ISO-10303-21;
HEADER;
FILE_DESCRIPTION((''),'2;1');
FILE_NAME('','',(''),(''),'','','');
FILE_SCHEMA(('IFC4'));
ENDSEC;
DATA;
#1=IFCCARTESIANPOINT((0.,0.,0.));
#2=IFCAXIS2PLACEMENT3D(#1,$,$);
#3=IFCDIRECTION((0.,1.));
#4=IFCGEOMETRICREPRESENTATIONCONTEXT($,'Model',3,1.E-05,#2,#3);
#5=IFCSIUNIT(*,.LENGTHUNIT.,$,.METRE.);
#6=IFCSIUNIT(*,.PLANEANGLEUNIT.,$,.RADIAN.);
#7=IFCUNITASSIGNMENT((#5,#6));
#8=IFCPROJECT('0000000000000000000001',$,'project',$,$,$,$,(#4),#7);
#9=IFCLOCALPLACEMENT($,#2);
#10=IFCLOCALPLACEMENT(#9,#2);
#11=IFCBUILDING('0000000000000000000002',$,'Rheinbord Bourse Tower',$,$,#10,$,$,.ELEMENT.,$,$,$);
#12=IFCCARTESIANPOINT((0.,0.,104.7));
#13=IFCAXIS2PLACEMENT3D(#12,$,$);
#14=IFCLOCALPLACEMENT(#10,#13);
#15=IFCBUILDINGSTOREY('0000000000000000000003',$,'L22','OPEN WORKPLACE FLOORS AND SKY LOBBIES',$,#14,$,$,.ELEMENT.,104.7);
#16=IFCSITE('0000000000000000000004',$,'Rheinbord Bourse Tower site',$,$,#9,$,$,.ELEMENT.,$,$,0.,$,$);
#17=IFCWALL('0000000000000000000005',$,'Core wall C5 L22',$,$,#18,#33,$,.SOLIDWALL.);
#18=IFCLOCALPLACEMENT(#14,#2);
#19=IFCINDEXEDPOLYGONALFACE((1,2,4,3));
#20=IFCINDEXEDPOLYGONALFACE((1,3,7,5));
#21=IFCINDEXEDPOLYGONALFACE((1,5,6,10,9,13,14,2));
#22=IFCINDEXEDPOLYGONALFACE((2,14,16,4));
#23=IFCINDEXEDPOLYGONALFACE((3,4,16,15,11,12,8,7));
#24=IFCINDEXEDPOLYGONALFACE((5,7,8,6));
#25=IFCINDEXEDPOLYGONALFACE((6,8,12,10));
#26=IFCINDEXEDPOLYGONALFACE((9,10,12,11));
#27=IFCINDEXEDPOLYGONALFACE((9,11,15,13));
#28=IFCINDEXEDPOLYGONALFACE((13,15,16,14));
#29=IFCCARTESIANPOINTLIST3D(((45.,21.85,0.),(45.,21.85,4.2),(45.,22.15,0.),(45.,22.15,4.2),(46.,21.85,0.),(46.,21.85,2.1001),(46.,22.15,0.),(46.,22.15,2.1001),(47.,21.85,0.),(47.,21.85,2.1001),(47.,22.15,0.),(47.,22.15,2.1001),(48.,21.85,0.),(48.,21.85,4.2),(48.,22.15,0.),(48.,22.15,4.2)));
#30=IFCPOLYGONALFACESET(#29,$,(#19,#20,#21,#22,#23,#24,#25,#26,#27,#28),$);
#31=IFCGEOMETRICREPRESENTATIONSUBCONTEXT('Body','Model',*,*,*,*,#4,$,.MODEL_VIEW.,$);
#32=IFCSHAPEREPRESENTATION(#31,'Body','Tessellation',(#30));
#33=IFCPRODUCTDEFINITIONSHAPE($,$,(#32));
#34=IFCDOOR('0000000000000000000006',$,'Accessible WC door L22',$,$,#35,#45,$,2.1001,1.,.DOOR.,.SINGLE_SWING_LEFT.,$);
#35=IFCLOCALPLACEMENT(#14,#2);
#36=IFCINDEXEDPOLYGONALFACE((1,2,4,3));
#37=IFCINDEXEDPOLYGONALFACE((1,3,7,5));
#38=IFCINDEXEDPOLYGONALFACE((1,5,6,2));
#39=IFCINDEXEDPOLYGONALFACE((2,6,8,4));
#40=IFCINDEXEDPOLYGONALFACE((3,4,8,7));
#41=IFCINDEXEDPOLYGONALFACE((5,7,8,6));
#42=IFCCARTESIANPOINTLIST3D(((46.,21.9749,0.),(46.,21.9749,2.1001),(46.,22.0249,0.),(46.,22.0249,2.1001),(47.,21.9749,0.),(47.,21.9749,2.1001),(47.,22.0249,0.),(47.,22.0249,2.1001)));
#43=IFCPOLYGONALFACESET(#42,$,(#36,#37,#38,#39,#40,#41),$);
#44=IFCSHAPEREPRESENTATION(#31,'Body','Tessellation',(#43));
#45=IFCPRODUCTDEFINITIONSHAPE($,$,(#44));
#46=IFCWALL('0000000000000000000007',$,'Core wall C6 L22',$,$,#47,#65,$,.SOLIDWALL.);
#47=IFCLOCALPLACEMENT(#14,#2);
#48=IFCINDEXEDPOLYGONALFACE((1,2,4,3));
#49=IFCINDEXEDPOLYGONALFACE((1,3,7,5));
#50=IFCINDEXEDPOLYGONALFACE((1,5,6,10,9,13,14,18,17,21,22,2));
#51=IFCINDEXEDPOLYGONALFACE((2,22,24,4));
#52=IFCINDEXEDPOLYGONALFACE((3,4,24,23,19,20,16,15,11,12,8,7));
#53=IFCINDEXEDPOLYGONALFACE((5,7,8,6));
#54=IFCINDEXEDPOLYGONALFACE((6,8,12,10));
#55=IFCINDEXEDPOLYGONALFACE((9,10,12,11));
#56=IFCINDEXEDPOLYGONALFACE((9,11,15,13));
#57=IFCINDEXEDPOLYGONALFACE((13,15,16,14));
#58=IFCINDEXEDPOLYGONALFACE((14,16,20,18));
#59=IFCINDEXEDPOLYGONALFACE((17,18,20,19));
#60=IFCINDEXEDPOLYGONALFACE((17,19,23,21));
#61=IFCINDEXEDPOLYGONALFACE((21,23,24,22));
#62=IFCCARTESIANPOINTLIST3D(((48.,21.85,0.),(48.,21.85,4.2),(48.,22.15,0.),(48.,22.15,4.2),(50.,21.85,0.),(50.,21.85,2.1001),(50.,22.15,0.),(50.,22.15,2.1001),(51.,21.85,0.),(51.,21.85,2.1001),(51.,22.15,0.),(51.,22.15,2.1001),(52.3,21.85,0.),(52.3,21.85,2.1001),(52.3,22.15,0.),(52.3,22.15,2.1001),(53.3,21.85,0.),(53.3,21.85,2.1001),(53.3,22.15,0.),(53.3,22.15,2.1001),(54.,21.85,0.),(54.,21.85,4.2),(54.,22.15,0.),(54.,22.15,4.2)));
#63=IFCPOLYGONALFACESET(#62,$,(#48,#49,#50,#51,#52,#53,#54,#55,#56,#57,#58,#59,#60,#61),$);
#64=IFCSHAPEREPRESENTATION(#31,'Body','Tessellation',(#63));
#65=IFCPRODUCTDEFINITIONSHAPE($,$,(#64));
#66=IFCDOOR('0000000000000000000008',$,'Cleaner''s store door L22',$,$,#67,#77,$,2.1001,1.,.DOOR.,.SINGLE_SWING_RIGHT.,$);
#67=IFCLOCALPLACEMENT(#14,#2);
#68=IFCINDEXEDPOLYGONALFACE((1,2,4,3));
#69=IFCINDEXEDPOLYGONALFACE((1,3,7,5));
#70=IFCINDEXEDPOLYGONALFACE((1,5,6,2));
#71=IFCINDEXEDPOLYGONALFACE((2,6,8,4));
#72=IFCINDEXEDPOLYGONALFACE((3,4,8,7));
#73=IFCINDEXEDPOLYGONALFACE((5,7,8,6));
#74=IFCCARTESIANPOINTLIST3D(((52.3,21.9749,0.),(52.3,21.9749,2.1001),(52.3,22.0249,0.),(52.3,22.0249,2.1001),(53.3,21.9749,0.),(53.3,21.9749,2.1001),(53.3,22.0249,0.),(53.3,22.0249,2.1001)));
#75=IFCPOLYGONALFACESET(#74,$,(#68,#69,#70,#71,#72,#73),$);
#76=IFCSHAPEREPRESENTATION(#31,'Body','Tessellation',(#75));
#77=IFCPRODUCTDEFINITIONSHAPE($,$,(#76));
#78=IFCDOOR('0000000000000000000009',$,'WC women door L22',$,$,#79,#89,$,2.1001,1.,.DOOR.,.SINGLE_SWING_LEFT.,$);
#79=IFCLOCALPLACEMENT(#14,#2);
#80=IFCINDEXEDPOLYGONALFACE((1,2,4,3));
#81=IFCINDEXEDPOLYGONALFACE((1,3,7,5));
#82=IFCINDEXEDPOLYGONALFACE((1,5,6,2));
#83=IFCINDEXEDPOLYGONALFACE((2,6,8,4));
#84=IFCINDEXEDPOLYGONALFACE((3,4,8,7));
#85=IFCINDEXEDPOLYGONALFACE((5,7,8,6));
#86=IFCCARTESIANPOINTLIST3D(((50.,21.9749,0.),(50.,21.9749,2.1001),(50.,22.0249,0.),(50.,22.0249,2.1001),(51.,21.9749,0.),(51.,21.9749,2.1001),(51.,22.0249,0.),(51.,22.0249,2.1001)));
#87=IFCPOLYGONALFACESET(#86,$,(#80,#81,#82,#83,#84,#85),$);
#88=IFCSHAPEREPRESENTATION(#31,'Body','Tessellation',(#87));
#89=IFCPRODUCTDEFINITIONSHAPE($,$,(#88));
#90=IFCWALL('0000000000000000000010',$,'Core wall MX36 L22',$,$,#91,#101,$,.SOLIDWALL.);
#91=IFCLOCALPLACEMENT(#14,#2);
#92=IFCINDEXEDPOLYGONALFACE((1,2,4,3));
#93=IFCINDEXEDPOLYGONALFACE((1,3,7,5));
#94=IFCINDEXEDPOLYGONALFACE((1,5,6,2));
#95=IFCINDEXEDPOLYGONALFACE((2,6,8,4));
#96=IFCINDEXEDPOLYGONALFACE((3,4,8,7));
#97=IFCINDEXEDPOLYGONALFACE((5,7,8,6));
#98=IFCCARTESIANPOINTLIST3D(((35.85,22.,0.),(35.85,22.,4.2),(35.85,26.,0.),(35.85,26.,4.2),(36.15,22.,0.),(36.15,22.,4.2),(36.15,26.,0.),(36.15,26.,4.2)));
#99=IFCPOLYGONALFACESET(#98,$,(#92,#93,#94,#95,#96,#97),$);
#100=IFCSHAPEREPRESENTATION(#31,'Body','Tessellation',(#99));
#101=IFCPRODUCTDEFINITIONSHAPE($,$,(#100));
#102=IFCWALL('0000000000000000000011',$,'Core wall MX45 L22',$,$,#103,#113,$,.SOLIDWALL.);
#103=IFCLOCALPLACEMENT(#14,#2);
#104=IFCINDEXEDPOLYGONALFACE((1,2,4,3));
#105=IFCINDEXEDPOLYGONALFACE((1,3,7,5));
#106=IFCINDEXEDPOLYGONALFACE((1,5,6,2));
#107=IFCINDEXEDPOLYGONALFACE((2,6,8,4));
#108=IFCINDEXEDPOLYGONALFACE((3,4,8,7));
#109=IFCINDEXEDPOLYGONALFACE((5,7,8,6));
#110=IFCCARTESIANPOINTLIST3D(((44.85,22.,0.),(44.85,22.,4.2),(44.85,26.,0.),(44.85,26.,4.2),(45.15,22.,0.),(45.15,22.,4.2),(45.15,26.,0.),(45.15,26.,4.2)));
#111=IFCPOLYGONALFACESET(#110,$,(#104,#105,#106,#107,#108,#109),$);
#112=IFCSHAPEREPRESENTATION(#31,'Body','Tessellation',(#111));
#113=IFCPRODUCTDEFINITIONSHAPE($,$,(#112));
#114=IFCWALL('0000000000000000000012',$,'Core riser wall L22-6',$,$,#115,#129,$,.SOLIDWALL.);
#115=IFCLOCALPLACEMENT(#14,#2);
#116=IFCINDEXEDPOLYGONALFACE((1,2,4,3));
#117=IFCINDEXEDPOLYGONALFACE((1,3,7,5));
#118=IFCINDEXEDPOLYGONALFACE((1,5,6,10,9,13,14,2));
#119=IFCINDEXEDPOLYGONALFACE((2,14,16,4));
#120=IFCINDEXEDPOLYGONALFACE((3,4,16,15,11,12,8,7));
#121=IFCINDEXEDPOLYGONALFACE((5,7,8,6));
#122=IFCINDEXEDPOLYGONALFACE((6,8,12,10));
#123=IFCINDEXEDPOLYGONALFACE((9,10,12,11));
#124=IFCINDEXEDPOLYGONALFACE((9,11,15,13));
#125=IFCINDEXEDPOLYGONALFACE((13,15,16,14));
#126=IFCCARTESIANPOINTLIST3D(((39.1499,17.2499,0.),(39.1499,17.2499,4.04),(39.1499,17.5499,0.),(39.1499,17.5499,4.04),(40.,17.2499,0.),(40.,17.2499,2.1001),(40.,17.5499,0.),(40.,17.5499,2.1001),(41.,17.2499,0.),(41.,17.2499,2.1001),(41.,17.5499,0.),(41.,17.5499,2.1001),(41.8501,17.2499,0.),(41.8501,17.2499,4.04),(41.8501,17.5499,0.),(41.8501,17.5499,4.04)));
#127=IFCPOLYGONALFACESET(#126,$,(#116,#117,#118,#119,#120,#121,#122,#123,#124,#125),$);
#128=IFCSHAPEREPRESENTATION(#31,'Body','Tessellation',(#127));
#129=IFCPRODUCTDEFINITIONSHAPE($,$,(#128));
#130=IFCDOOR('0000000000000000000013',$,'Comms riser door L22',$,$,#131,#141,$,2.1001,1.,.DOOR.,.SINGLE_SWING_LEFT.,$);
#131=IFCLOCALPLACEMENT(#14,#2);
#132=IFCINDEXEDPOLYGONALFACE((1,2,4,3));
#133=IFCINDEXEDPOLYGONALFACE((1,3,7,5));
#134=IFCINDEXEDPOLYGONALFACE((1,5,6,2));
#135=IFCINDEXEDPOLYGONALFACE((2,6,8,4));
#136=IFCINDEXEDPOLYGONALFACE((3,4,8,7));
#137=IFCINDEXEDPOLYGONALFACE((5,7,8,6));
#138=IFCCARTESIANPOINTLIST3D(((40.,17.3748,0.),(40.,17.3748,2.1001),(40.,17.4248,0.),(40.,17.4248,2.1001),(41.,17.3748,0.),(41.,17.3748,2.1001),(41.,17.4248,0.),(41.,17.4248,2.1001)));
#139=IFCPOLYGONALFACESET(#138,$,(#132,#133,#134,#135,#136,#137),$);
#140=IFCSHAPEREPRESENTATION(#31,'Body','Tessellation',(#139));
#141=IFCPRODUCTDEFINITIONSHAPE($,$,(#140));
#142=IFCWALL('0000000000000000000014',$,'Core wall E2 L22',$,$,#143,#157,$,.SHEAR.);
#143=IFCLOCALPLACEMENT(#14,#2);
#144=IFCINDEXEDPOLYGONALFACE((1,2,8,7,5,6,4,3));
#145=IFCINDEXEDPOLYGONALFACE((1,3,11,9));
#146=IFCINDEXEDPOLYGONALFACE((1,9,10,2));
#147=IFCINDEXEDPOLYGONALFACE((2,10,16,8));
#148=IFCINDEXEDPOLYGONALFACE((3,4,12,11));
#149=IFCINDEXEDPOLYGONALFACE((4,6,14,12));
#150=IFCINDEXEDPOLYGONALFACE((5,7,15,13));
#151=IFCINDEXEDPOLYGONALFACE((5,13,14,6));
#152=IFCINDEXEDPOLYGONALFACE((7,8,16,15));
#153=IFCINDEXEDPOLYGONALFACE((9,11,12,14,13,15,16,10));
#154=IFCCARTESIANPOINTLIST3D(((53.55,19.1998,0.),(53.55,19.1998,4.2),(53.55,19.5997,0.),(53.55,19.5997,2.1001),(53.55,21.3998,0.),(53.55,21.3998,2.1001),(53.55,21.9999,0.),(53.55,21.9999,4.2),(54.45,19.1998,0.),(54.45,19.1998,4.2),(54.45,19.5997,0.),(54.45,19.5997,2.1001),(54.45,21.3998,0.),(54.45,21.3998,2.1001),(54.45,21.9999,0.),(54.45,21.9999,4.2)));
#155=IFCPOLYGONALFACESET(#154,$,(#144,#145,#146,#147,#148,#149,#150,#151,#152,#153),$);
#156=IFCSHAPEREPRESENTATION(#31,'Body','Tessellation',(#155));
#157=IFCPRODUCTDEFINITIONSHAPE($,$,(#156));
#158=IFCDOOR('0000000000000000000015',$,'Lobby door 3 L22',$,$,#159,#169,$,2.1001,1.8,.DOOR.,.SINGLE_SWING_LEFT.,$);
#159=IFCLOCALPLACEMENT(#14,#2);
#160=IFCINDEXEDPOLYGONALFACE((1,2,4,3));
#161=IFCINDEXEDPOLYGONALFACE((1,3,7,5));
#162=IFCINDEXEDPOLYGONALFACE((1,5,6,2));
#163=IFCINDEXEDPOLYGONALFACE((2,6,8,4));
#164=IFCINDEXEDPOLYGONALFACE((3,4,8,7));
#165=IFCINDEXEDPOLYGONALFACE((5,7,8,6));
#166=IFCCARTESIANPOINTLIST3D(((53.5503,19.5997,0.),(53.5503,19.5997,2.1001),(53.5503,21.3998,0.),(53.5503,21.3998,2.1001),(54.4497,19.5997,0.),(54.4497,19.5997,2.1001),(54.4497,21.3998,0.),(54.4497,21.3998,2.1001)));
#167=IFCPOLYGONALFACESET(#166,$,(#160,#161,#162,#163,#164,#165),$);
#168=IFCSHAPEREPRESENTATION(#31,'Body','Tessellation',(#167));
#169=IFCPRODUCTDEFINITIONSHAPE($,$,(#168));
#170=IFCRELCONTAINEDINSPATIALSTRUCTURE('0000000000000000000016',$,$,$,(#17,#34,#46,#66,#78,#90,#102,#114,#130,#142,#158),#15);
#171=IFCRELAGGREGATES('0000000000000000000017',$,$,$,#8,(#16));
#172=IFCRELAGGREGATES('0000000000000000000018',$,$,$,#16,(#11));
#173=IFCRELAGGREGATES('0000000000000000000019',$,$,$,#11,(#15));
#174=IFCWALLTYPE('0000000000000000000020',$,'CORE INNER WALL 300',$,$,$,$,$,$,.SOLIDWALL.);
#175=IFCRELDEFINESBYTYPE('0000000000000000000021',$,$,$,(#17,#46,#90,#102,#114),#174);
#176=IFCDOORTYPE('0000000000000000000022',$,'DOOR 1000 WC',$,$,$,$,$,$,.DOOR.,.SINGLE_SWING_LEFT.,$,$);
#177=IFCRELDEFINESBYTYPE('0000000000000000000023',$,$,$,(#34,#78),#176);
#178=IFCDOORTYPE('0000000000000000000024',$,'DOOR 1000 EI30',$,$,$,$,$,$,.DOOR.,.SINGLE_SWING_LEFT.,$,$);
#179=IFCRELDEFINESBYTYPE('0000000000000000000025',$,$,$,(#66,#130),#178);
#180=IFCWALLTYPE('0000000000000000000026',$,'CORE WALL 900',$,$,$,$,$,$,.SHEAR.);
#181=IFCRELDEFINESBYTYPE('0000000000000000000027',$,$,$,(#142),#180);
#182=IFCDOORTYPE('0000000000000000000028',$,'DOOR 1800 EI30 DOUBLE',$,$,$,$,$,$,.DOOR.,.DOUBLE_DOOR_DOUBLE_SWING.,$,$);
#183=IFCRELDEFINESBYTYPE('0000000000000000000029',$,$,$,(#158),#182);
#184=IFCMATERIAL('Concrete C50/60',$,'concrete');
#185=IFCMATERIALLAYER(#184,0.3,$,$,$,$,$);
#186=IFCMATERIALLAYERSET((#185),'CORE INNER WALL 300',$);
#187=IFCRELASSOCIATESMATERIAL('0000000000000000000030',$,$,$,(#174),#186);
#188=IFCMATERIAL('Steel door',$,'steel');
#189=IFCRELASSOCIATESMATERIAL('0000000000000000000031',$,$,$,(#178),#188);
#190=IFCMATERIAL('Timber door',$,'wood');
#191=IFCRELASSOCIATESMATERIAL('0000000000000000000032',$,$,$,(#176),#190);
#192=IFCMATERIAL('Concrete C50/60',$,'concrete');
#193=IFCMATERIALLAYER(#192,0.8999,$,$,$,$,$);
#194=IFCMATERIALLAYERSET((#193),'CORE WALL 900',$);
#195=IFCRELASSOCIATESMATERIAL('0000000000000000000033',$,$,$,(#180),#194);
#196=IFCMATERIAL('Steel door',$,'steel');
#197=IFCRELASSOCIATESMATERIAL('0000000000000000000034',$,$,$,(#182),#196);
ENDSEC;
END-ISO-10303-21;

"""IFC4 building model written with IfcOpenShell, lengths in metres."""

from ifc_helpers import new_model, si_unit, direction, frame, frame_2d, origin, place, context, subcontext, project, spatial, rectangle, extrude, material, layer, layer_set, type_object, element, fill, save


model = new_model("IFC4")

# Units and contexts
model_context = context("Model", 3, precision=1e-05, world=origin(), true_north=direction((0.0, 1.0)))
body_context = subcontext(model_context, "Body", "Model", "MODEL_VIEW")
ifc_project = project(units=[si_unit("LENGTHUNIT", "METRE"), si_unit("PLANEANGLEUNIT", "RADIAN")], contexts=[model_context])

# Site, building, storey
site_placement = place(None, origin())
site = spatial("IfcSite", under=ifc_project, at=site_placement, Name="Rheinbord Bourse Tower site", CompositionType="ELEMENT", RefElevation=0.0)
building_placement = place(site_placement, origin())
building = spatial("IfcBuilding", under=site, at=building_placement, Name="Rheinbord Bourse Tower", CompositionType="ELEMENT")
storey_placement = place(building_placement, frame((0.0, 0.0, 104.7)))
storey = spatial("IfcBuildingStorey", under=building, at=storey_placement, Name="L22", Description="OPEN WORKPLACE FLOORS AND SKY LOBBIES", CompositionType="ELEMENT", Elevation=104.7)

# Shared definitions
ifc_material_1 = material(Name="Concrete C50/60", Category="concrete")
ifc_layer_1 = layer(ifc_material_1, 0.3)
ifc_layer_set_1 = layer_set([ifc_layer_1], Name="CORE INNER WALL 300")
wall_type_1 = type_object("IfcWallType", Name="CORE INNER WALL 300", PredefinedType="SOLIDWALL", material=ifc_layer_set_1)
ifc_material_2 = material(Name="Steel door", Category="steel")
door_type_1 = type_object("IfcDoorType", Name="DOOR 1000 EI30", OperationType="SINGLE_SWING_LEFT", PredefinedType="DOOR", material=ifc_material_2)

# Wall, opening, door
wall_1_placement = place(storey_placement, frame((45.0, 22.0, 0.0), z_axis=(0.0, 0.0, 1.0), x_axis=(1.0, 0.0, 0.0)))
wall_1 = element("IfcWall", 1, at=wall_1_placement, inside=storey, type_object=wall_type_1, Name="Core wall C5 L22", PredefinedType="SOLIDWALL", context=body_context, shape_type="SweptSolid", body=[
    extrude(rectangle(XDim=3.0, YDim=0.3, at=frame_2d((1.5, 0.0))), origin(), (0.0, 0.0, 1.0), 4.2),
])
opening_1_placement = place(wall_1_placement, frame((1.0, 0.0, 0.0)))
opening_1 = element("IfcOpeningElement", 2, at=opening_1_placement, cuts=wall_1, PredefinedType="OPENING", context=body_context, shape_type="SweptSolid", body=[
    extrude(rectangle(XDim=1.0, YDim=2.1001, at=frame_2d((0.5, 1.05))), frame((0.0, 0.1599, 0.0), z_axis=(0.0, -1.0, 0.0), x_axis=(1.0, 0.0, 0.0)), (0.0, 0.0, 1.0), 0.3201),
])
ifc_material_3 = material(Name="Timber door", Category="wood")
door_type_2 = type_object("IfcDoorType", Name="DOOR 1000 WC", OperationType="SINGLE_SWING_LEFT", PredefinedType="DOOR", material=ifc_material_3)
door_1_placement = place(opening_1_placement, origin())
door_1 = element("IfcDoor", 3, at=door_1_placement, inside=storey, type_object=door_type_2, Name="Accessible WC door L22", OperationType="SINGLE_SWING_LEFT", OverallHeight=2.1001, OverallWidth=1.0, PredefinedType="DOOR", context=body_context, shape_type="SweptSolid", body=[
    extrude(rectangle(XDim=1.0, YDim=2.1001, at=frame_2d((0.5, 1.05))), frame((0.0, 0.0249, 0.0), z_axis=(0.0, -1.0, 0.0), x_axis=(1.0, 0.0, 0.0)), (0.0, 0.0, 1.0), 0.05),
])
fill(opening_1, door_1)

# Wall, openings, doors
wall_2_placement = place(storey_placement, frame((48.0, 22.0, 0.0), z_axis=(0.0, 0.0, 1.0), x_axis=(1.0, 0.0, 0.0)))
wall_2 = element("IfcWall", 4, at=wall_2_placement, inside=storey, type_object=wall_type_1, Name="Core wall C6 L22", PredefinedType="SOLIDWALL", context=body_context, shape_type="SweptSolid", body=[
    extrude(rectangle(XDim=6.0, YDim=0.3, at=frame_2d((3.0, 0.0))), origin(), (0.0, 0.0, 1.0), 4.2),
])
opening_2_placement = place(wall_2_placement, frame((2.0, 0.0, 0.0)))
opening_2 = element("IfcOpeningElement", 5, at=opening_2_placement, cuts=wall_2, PredefinedType="OPENING", context=body_context, shape_type="SweptSolid", body=[
    extrude(rectangle(XDim=1.0, YDim=2.1001, at=frame_2d((0.5, 1.05))), frame((0.0, 0.1599, 0.0), z_axis=(0.0, -1.0, 0.0), x_axis=(1.0, 0.0, 0.0)), (0.0, 0.0, 1.0), 0.3201),
])
opening_3_placement = place(wall_2_placement, frame((4.3, 0.0, 0.0)))
opening_3 = element("IfcOpeningElement", 6, at=opening_3_placement, cuts=wall_2, PredefinedType="OPENING", context=body_context, shape_type="SweptSolid", body=[
    extrude(rectangle(XDim=1.0, YDim=2.1001, at=frame_2d((0.5, 1.05))), frame((0.0, 0.1599, 0.0), z_axis=(0.0, -1.0, 0.0), x_axis=(1.0, 0.0, 0.0)), (0.0, 0.0, 1.0), 0.3201),
])
door_2_placement = place(opening_3_placement, origin())
door_2 = element("IfcDoor", 7, at=door_2_placement, inside=storey, type_object=door_type_1, Name="Cleaner's store door L22", OperationType="SINGLE_SWING_RIGHT", OverallHeight=2.1001, OverallWidth=1.0, PredefinedType="DOOR", context=body_context, shape_type="SweptSolid", body=[
    extrude(rectangle(XDim=1.0, YDim=2.1001, at=frame_2d((0.5, 1.05))), frame((0.0, 0.0249, 0.0), z_axis=(0.0, -1.0, 0.0), x_axis=(1.0, 0.0, 0.0)), (0.0, 0.0, 1.0), 0.05),
])
fill(opening_3, door_2)
door_3_placement = place(opening_2_placement, origin())
door_3 = element("IfcDoor", 8, at=door_3_placement, inside=storey, type_object=door_type_2, Name="WC women door L22", OperationType="SINGLE_SWING_LEFT", OverallHeight=2.1001, OverallWidth=1.0, PredefinedType="DOOR", context=body_context, shape_type="SweptSolid", body=[
    extrude(rectangle(XDim=1.0, YDim=2.1001, at=frame_2d((0.5, 1.05))), frame((0.0, 0.0249, 0.0), z_axis=(0.0, -1.0, 0.0), x_axis=(1.0, 0.0, 0.0)), (0.0, 0.0, 1.0), 0.05),
])
fill(opening_2, door_3)

# Walls
for number, where, z_axis, x_axis, name in (
    (9, (36.0, 22.0, 0.0), (0.0, 0.0, 1.0), (0.0, 1.0, 0.0), "Core wall MX36 L22"),
    (10, (45.0, 22.0, 0.0), (0.0, 0.0, 1.0), (0.0, 1.0, 0.0), "Core wall MX45 L22"),
):
    element("IfcWall", number, at=place(storey_placement, frame(where, z_axis=z_axis, x_axis=x_axis)), inside=storey, type_object=wall_type_1, Name=name, PredefinedType="SOLIDWALL", context=body_context, shape_type="SweptSolid", body=[
        extrude(rectangle(XDim=4.0, YDim=0.3, at=frame_2d((2.0, 0.0))), origin(), (0.0, 0.0, 1.0), 4.2),
    ])

# Walls, openings, doors
wall_3_placement = place(storey_placement, frame((39.1499, 17.3999, 0.0), z_axis=(0.0, 0.0, 1.0), x_axis=(1.0, 0.0, 0.0)))
wall_3 = element("IfcWall", 11, at=wall_3_placement, inside=storey, type_object=wall_type_1, Name="Core riser wall L22-6", PredefinedType="SOLIDWALL", context=body_context, shape_type="SweptSolid", body=[
    extrude(rectangle(XDim=2.7002, YDim=0.3, at=frame_2d((1.3501, 0.0))), origin(), (0.0, 0.0, 1.0), 4.04),
])
opening_4_placement = place(wall_3_placement, frame((0.8501, 0.0, 0.0)))
opening_4 = element("IfcOpeningElement", 12, at=opening_4_placement, cuts=wall_3, PredefinedType="OPENING", context=body_context, shape_type="SweptSolid", body=[
    extrude(rectangle(XDim=1.0, YDim=2.1001, at=frame_2d((0.5, 1.05))), frame((0.0, 0.1599, 0.0), z_axis=(0.0, -1.0, 0.0), x_axis=(1.0, 0.0, 0.0)), (0.0, 0.0, 1.0), 0.3201),
])
door_4_placement = place(opening_4_placement, origin())
door_4 = element("IfcDoor", 13, at=door_4_placement, inside=storey, type_object=door_type_1, Name="Comms riser door L22", OperationType="SINGLE_SWING_LEFT", OverallHeight=2.1001, OverallWidth=1.0, PredefinedType="DOOR", context=body_context, shape_type="SweptSolid", body=[
    extrude(rectangle(XDim=1.0, YDim=2.1001, at=frame_2d((0.5, 1.05))), frame((0.0, 0.0249, 0.0), z_axis=(0.0, -1.0, 0.0), x_axis=(1.0, 0.0, 0.0)), (0.0, 0.0, 1.0), 0.05),
])
fill(opening_4, door_4)
ifc_material_4 = material(Name="Concrete C50/60", Category="concrete")
ifc_layer_2 = layer(ifc_material_4, 0.8999)
ifc_layer_set_2 = layer_set([ifc_layer_2], Name="CORE WALL 900")
wall_type_2 = type_object("IfcWallType", Name="CORE WALL 900", PredefinedType="SHEAR", material=ifc_layer_set_2)
wall_4_placement = place(storey_placement, frame((54.0, 19.2, 0.0), z_axis=(0.0, 0.0, 1.0), x_axis=(0.0, 1.0, 0.0)))
wall_4 = element("IfcWall", 14, at=wall_4_placement, inside=storey, type_object=wall_type_2, Name="Core wall E2 L22", PredefinedType="SHEAR", context=body_context, shape_type="SweptSolid", body=[
    extrude(rectangle(XDim=2.8, YDim=0.8999, at=frame_2d((1.3999, 0.0))), origin(), (0.0, 0.0, 1.0), 4.2),
])
opening_5_placement = place(wall_4_placement, frame((0.3999, 0.0, 0.0)))
opening_5 = element("IfcOpeningElement", 15, at=opening_5_placement, cuts=wall_4, PredefinedType="OPENING", context=body_context, shape_type="SweptSolid", body=[
    extrude(rectangle(XDim=1.8, YDim=2.1001, at=frame_2d((0.8999, 1.05))), frame((0.0, 0.46, 0.0), z_axis=(0.0, -1.0, 0.0), x_axis=(1.0, 0.0, 0.0)), (0.0, 0.0, 1.0), 0.9199),
])
ifc_material_5 = material(Name="Steel door", Category="steel")
door_type_3 = type_object("IfcDoorType", Name="DOOR 1800 EI30 DOUBLE", OperationType="DOUBLE_DOOR_DOUBLE_SWING", PredefinedType="DOOR", material=ifc_material_5)
door_5_placement = place(opening_5_placement, origin())
door_5 = element("IfcDoor", 16, at=door_5_placement, inside=storey, type_object=door_type_3, Name="Lobby door 3 L22", OperationType="SINGLE_SWING_LEFT", OverallHeight=2.1001, OverallWidth=1.8, PredefinedType="DOOR", context=body_context, shape_type="SweptSolid", body=[
    extrude(rectangle(XDim=1.8, YDim=2.1001, at=frame_2d((0.8999, 1.05))), frame((0.0, 0.4497, 0.0), z_axis=(0.0, -1.0, 0.0), x_axis=(1.0, 0.0, 0.0)), (0.0, 0.0, 1.0), 0.8994),
])
fill(opening_5, door_5)

save(model, "model.ifc")
